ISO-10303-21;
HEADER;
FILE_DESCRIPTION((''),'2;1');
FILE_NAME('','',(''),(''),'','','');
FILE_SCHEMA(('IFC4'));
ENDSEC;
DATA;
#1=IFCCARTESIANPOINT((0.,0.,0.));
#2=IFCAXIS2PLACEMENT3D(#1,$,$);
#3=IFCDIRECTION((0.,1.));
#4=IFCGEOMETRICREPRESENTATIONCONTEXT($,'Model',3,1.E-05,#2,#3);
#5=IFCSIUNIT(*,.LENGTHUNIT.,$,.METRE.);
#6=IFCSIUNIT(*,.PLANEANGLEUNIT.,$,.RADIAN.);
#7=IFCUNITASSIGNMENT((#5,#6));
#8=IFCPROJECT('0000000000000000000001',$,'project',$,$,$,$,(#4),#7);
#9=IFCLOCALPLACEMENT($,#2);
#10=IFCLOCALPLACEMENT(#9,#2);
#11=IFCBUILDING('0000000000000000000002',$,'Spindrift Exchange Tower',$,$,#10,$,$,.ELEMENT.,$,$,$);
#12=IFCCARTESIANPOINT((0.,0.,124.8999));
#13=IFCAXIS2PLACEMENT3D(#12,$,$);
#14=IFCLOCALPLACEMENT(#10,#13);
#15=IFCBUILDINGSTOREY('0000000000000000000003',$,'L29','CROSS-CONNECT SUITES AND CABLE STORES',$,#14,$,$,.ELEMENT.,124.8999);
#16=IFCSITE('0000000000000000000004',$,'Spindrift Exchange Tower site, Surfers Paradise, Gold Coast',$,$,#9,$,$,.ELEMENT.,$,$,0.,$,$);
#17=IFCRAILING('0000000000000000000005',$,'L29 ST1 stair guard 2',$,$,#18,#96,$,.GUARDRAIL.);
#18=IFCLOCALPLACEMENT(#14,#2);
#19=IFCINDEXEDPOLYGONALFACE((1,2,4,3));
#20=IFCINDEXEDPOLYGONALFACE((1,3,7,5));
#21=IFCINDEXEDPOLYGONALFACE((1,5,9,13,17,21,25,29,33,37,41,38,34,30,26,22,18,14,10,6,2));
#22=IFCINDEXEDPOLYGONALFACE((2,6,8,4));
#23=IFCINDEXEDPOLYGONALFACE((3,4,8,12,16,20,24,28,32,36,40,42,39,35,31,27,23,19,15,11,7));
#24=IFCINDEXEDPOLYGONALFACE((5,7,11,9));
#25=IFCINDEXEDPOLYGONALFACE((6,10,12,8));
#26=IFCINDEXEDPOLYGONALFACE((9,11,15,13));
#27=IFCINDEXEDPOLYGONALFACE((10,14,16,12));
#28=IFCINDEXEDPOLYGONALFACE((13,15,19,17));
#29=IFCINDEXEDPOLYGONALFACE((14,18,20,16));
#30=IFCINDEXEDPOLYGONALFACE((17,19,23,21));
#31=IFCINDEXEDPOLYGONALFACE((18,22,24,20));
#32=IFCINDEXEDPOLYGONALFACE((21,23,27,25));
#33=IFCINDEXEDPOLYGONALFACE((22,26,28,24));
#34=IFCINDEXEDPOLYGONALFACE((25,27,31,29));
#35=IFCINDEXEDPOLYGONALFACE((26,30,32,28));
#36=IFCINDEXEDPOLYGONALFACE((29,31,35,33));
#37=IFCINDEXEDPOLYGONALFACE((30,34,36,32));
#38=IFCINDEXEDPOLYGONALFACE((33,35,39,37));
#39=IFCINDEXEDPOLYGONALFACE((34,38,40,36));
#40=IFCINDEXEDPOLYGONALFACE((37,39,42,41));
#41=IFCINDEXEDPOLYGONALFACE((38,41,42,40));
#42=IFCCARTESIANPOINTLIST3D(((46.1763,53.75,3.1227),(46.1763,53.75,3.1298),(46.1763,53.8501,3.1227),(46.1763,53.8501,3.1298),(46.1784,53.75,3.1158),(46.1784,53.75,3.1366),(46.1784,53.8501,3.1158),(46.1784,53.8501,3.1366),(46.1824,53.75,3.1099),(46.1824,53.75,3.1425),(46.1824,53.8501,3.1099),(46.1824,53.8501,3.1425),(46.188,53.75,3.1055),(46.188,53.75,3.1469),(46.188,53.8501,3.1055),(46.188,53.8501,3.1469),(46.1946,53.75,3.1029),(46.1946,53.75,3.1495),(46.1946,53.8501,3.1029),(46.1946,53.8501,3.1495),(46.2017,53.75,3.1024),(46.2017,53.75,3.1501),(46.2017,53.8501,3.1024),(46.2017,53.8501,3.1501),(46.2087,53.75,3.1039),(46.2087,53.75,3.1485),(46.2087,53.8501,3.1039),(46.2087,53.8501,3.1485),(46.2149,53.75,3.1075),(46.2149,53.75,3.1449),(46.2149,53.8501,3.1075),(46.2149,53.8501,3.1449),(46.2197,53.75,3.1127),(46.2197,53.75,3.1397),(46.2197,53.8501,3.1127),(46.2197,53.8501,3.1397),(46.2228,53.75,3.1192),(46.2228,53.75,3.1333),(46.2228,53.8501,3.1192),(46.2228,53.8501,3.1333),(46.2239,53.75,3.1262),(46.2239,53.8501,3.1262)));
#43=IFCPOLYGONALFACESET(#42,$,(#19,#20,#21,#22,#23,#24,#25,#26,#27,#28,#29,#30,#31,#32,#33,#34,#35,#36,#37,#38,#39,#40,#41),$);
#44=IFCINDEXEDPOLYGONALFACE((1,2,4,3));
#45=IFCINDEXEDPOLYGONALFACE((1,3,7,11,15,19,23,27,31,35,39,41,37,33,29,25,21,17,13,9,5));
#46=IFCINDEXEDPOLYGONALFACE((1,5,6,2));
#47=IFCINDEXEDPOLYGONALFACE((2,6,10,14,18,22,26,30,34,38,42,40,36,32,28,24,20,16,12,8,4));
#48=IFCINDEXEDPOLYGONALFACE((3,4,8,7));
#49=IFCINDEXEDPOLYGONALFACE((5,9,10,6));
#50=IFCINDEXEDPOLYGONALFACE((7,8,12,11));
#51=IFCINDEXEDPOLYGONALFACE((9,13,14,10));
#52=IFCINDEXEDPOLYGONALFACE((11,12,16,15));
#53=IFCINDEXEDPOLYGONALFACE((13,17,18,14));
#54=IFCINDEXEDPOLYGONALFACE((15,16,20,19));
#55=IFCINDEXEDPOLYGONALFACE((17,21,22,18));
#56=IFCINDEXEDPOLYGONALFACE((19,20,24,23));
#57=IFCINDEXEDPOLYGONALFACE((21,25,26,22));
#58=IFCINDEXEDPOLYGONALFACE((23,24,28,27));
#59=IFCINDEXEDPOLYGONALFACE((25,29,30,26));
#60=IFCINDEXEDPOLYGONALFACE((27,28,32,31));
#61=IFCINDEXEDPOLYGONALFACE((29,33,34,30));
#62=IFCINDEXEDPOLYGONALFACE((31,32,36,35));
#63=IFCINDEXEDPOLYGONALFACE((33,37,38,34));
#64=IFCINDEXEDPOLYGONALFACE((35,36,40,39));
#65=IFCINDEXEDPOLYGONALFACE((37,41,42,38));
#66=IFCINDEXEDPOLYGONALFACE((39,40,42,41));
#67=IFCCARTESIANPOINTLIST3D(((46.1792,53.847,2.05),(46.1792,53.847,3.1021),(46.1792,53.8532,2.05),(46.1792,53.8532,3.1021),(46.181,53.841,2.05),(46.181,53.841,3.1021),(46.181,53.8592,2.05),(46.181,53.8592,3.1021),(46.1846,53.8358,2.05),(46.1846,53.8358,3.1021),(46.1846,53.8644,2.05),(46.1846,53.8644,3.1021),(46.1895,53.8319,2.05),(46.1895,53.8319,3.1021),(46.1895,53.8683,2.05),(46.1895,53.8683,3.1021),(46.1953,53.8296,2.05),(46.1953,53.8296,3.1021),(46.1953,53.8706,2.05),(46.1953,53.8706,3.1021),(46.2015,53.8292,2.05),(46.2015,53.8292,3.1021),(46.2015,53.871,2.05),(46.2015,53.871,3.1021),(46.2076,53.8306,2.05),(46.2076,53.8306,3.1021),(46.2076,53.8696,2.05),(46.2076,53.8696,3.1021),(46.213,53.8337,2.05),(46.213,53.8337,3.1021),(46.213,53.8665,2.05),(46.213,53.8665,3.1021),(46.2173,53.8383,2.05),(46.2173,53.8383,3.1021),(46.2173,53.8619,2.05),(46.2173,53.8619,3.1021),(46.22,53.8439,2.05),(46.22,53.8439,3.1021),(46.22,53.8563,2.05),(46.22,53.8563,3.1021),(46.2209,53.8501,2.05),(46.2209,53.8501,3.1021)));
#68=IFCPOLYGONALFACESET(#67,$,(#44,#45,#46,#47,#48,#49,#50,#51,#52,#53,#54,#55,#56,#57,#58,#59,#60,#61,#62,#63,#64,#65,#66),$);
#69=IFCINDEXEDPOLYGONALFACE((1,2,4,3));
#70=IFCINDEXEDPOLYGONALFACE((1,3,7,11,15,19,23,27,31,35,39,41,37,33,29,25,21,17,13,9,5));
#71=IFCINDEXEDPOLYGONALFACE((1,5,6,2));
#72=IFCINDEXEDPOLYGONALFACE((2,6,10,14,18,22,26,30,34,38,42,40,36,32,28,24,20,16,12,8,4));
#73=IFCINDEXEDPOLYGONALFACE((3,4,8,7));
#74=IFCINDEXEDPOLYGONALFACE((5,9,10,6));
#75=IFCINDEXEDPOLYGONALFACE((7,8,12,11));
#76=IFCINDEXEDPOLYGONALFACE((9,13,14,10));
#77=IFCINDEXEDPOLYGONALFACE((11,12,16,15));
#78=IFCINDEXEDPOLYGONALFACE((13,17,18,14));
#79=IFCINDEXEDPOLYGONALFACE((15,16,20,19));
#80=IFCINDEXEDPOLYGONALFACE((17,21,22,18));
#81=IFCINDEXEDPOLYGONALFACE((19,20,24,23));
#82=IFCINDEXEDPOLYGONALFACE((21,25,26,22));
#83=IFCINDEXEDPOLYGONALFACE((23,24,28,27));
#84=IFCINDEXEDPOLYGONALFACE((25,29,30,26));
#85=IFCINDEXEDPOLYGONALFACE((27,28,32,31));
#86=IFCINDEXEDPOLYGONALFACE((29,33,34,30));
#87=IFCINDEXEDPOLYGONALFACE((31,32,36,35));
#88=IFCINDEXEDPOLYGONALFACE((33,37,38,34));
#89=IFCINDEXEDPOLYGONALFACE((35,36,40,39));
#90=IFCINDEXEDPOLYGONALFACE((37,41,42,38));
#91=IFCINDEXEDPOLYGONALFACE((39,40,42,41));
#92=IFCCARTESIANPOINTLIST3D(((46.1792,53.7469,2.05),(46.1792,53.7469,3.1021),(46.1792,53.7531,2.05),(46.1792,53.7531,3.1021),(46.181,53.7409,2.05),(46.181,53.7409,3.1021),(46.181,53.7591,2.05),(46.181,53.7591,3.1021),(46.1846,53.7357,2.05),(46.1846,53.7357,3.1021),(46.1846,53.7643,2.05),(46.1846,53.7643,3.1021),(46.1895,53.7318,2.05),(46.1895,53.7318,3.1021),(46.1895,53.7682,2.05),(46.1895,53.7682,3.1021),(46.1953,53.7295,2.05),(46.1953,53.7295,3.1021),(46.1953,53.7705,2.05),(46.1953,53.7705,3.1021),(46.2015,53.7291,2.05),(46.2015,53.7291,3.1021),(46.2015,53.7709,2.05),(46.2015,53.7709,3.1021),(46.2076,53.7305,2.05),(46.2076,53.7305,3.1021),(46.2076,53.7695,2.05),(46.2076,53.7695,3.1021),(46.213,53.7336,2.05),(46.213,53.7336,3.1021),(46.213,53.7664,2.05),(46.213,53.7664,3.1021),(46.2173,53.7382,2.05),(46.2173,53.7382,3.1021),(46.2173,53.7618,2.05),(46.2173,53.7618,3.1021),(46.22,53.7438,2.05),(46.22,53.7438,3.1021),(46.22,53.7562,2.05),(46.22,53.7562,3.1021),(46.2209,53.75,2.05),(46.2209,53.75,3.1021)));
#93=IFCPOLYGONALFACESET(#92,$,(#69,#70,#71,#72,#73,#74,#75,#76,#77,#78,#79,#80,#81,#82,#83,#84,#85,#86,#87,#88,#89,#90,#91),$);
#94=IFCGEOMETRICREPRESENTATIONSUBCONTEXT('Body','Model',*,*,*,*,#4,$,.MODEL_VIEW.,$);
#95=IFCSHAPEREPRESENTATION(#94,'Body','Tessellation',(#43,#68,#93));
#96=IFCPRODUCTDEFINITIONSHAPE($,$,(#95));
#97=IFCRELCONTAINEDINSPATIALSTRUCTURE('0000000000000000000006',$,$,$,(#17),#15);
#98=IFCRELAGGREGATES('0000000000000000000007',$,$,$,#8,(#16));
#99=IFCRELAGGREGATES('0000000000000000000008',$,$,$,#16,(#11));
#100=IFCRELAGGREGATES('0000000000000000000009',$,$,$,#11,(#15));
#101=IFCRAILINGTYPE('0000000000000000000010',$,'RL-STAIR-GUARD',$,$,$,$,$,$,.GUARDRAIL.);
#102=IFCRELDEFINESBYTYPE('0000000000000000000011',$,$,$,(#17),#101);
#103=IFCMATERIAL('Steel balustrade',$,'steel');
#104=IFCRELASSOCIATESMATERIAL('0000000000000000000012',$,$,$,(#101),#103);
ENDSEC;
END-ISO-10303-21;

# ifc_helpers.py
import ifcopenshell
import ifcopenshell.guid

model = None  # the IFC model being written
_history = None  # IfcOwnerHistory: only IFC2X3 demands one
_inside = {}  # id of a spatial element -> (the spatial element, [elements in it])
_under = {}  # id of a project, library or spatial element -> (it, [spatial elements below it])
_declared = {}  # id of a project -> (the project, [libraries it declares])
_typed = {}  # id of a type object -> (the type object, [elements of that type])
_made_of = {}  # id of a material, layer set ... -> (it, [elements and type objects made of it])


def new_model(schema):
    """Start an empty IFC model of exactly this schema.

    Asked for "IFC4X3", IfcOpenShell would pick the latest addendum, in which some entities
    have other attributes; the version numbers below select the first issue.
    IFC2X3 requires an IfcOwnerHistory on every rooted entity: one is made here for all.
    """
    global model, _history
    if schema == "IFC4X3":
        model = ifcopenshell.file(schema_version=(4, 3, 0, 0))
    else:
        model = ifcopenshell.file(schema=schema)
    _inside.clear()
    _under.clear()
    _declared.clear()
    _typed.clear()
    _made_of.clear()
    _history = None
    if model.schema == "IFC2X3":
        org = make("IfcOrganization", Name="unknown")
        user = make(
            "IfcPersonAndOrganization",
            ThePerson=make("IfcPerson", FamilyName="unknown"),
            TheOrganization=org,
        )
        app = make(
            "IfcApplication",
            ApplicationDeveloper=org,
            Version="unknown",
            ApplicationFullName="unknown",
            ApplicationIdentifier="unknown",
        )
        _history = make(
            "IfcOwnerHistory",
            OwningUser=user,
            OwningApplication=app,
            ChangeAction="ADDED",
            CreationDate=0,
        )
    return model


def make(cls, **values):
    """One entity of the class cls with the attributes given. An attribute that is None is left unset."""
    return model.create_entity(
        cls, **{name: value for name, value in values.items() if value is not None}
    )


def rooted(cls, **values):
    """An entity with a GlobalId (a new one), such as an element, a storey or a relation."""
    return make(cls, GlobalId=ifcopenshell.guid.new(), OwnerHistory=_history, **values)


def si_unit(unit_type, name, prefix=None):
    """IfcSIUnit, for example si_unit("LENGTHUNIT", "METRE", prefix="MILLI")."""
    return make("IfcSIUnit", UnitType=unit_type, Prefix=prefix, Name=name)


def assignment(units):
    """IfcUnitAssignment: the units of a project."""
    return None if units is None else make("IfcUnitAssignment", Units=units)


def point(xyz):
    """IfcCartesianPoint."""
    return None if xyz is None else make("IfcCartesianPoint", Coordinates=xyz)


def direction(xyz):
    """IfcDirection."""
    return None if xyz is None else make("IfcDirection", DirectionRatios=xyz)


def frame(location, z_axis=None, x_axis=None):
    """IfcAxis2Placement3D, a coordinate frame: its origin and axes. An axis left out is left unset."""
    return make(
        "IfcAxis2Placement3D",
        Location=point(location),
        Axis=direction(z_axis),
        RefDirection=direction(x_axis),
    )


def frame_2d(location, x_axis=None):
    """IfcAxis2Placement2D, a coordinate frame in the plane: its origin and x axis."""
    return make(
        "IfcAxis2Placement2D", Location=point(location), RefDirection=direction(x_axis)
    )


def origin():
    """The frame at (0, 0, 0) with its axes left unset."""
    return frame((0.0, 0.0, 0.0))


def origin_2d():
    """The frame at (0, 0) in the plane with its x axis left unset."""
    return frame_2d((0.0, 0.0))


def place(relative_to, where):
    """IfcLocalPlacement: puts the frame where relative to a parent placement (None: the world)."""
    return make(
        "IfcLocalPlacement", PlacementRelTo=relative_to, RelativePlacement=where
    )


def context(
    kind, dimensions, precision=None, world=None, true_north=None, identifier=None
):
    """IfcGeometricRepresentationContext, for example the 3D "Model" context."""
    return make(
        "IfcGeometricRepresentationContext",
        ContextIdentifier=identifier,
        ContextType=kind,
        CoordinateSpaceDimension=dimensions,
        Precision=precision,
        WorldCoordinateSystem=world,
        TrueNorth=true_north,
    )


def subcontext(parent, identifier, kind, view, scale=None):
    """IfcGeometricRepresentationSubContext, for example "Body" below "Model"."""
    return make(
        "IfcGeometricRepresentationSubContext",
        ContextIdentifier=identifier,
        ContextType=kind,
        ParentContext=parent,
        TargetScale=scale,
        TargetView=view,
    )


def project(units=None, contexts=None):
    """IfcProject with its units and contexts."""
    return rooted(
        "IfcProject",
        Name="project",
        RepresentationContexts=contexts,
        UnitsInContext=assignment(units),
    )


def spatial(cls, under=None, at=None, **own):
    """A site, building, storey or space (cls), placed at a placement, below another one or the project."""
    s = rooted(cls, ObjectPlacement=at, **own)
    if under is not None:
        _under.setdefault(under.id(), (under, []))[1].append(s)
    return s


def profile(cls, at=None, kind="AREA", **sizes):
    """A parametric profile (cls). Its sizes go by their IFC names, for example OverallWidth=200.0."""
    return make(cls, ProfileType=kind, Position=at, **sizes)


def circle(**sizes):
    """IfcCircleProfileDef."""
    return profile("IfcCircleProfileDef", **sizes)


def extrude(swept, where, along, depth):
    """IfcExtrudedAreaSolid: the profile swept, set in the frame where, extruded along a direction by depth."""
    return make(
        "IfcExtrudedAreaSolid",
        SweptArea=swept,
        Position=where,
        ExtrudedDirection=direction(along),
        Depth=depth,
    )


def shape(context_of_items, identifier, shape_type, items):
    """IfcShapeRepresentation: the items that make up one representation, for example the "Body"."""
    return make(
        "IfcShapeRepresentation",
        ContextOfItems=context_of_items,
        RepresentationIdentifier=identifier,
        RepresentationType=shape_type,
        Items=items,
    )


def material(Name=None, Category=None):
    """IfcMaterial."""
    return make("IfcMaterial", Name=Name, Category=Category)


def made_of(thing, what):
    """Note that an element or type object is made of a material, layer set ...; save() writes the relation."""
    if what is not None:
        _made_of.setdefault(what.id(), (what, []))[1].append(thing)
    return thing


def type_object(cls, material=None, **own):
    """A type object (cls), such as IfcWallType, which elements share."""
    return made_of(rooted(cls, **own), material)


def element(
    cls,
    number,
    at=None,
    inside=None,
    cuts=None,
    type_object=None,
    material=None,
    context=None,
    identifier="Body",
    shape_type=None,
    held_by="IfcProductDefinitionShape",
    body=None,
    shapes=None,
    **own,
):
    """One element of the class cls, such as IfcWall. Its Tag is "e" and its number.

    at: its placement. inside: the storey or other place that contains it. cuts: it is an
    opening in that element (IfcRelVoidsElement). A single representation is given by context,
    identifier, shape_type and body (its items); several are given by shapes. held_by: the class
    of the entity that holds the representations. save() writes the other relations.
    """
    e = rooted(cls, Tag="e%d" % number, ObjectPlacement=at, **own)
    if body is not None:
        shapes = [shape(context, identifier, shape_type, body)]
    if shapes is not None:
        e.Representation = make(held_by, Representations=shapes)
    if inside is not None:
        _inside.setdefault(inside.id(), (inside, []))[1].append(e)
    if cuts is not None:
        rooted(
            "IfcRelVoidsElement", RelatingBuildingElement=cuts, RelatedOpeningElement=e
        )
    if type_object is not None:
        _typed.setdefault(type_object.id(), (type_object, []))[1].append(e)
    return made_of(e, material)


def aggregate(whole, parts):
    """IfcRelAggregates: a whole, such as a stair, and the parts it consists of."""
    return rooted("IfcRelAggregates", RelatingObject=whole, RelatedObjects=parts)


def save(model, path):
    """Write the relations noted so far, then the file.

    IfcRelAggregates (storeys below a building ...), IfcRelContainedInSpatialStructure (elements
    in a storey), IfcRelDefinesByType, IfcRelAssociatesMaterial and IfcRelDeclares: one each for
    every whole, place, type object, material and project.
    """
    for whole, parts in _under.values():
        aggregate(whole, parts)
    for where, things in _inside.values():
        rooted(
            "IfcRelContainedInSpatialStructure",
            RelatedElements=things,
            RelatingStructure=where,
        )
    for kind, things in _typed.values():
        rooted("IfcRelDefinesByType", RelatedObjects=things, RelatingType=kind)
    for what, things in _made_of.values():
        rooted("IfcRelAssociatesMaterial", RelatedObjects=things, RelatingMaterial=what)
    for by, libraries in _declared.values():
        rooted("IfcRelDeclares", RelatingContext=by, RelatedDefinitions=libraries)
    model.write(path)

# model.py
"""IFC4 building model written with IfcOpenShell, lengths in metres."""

from ifc_helpers import new_model, si_unit, direction, frame, origin, origin_2d, place, context, subcontext, project, spatial, circle, extrude, material, type_object, element, save


model = new_model("IFC4")

# Units and contexts
model_context = context("Model", 3, precision=1e-05, world=origin(), true_north=direction((0.0, 1.0)))
body_context = subcontext(model_context, "Body", "Model", "MODEL_VIEW")
ifc_project = project(units=[si_unit("LENGTHUNIT", "METRE"), si_unit("PLANEANGLEUNIT", "RADIAN")], contexts=[model_context])

# Site, building, storey
site_placement = place(None, origin())
site = spatial("IfcSite", under=ifc_project, at=site_placement, Name="Spindrift Exchange Tower site, Surfers Paradise, Gold Coast", CompositionType="ELEMENT", RefElevation=0.0)
building_placement = place(site_placement, origin())
building = spatial("IfcBuilding", under=site, at=building_placement, Name="Spindrift Exchange Tower", CompositionType="ELEMENT")
storey_placement = place(building_placement, frame((0.0, 0.0, 124.8999)))
storey = spatial("IfcBuildingStorey", under=building, at=storey_placement, Name="L29", Description="CROSS-CONNECT SUITES AND CABLE STORES", CompositionType="ELEMENT", Elevation=124.8999)

# Railing
ifc_material_1 = material(Name="Steel balustrade", Category="steel")
railing_type_1 = type_object("IfcRailingType", Name="RL-STAIR-GUARD", PredefinedType="GUARDRAIL", material=ifc_material_1)
railing_1_placement = place(storey_placement, frame((46.2, 53.8501, 2.05)))
element("IfcRailing", 1, at=railing_1_placement, inside=storey, type_object=railing_type_1, Name="L29 ST1 stair guard 2", PredefinedType="GUARDRAIL", context=body_context, shape_type="SweptSolid", body=[
    extrude(circle(Radius=0.0239, at=origin_2d()), frame((0.0, 0.0, 1.0762), z_axis=(0.0, -1.0, 0.0), x_axis=(1.0, 0.0, 0.0)), (0.0, 0.0, 1.0), 0.1001),
    extrude(circle(Radius=0.021, at=origin_2d()), origin(), (0.0, 0.0, 1.0), 1.052),
    extrude(circle(Radius=0.021, at=origin_2d()), frame((0.0, -0.1001, 0.0)), (0.0, 0.0, 1.0), 1.052),
])

save(model, "model.ifc")
